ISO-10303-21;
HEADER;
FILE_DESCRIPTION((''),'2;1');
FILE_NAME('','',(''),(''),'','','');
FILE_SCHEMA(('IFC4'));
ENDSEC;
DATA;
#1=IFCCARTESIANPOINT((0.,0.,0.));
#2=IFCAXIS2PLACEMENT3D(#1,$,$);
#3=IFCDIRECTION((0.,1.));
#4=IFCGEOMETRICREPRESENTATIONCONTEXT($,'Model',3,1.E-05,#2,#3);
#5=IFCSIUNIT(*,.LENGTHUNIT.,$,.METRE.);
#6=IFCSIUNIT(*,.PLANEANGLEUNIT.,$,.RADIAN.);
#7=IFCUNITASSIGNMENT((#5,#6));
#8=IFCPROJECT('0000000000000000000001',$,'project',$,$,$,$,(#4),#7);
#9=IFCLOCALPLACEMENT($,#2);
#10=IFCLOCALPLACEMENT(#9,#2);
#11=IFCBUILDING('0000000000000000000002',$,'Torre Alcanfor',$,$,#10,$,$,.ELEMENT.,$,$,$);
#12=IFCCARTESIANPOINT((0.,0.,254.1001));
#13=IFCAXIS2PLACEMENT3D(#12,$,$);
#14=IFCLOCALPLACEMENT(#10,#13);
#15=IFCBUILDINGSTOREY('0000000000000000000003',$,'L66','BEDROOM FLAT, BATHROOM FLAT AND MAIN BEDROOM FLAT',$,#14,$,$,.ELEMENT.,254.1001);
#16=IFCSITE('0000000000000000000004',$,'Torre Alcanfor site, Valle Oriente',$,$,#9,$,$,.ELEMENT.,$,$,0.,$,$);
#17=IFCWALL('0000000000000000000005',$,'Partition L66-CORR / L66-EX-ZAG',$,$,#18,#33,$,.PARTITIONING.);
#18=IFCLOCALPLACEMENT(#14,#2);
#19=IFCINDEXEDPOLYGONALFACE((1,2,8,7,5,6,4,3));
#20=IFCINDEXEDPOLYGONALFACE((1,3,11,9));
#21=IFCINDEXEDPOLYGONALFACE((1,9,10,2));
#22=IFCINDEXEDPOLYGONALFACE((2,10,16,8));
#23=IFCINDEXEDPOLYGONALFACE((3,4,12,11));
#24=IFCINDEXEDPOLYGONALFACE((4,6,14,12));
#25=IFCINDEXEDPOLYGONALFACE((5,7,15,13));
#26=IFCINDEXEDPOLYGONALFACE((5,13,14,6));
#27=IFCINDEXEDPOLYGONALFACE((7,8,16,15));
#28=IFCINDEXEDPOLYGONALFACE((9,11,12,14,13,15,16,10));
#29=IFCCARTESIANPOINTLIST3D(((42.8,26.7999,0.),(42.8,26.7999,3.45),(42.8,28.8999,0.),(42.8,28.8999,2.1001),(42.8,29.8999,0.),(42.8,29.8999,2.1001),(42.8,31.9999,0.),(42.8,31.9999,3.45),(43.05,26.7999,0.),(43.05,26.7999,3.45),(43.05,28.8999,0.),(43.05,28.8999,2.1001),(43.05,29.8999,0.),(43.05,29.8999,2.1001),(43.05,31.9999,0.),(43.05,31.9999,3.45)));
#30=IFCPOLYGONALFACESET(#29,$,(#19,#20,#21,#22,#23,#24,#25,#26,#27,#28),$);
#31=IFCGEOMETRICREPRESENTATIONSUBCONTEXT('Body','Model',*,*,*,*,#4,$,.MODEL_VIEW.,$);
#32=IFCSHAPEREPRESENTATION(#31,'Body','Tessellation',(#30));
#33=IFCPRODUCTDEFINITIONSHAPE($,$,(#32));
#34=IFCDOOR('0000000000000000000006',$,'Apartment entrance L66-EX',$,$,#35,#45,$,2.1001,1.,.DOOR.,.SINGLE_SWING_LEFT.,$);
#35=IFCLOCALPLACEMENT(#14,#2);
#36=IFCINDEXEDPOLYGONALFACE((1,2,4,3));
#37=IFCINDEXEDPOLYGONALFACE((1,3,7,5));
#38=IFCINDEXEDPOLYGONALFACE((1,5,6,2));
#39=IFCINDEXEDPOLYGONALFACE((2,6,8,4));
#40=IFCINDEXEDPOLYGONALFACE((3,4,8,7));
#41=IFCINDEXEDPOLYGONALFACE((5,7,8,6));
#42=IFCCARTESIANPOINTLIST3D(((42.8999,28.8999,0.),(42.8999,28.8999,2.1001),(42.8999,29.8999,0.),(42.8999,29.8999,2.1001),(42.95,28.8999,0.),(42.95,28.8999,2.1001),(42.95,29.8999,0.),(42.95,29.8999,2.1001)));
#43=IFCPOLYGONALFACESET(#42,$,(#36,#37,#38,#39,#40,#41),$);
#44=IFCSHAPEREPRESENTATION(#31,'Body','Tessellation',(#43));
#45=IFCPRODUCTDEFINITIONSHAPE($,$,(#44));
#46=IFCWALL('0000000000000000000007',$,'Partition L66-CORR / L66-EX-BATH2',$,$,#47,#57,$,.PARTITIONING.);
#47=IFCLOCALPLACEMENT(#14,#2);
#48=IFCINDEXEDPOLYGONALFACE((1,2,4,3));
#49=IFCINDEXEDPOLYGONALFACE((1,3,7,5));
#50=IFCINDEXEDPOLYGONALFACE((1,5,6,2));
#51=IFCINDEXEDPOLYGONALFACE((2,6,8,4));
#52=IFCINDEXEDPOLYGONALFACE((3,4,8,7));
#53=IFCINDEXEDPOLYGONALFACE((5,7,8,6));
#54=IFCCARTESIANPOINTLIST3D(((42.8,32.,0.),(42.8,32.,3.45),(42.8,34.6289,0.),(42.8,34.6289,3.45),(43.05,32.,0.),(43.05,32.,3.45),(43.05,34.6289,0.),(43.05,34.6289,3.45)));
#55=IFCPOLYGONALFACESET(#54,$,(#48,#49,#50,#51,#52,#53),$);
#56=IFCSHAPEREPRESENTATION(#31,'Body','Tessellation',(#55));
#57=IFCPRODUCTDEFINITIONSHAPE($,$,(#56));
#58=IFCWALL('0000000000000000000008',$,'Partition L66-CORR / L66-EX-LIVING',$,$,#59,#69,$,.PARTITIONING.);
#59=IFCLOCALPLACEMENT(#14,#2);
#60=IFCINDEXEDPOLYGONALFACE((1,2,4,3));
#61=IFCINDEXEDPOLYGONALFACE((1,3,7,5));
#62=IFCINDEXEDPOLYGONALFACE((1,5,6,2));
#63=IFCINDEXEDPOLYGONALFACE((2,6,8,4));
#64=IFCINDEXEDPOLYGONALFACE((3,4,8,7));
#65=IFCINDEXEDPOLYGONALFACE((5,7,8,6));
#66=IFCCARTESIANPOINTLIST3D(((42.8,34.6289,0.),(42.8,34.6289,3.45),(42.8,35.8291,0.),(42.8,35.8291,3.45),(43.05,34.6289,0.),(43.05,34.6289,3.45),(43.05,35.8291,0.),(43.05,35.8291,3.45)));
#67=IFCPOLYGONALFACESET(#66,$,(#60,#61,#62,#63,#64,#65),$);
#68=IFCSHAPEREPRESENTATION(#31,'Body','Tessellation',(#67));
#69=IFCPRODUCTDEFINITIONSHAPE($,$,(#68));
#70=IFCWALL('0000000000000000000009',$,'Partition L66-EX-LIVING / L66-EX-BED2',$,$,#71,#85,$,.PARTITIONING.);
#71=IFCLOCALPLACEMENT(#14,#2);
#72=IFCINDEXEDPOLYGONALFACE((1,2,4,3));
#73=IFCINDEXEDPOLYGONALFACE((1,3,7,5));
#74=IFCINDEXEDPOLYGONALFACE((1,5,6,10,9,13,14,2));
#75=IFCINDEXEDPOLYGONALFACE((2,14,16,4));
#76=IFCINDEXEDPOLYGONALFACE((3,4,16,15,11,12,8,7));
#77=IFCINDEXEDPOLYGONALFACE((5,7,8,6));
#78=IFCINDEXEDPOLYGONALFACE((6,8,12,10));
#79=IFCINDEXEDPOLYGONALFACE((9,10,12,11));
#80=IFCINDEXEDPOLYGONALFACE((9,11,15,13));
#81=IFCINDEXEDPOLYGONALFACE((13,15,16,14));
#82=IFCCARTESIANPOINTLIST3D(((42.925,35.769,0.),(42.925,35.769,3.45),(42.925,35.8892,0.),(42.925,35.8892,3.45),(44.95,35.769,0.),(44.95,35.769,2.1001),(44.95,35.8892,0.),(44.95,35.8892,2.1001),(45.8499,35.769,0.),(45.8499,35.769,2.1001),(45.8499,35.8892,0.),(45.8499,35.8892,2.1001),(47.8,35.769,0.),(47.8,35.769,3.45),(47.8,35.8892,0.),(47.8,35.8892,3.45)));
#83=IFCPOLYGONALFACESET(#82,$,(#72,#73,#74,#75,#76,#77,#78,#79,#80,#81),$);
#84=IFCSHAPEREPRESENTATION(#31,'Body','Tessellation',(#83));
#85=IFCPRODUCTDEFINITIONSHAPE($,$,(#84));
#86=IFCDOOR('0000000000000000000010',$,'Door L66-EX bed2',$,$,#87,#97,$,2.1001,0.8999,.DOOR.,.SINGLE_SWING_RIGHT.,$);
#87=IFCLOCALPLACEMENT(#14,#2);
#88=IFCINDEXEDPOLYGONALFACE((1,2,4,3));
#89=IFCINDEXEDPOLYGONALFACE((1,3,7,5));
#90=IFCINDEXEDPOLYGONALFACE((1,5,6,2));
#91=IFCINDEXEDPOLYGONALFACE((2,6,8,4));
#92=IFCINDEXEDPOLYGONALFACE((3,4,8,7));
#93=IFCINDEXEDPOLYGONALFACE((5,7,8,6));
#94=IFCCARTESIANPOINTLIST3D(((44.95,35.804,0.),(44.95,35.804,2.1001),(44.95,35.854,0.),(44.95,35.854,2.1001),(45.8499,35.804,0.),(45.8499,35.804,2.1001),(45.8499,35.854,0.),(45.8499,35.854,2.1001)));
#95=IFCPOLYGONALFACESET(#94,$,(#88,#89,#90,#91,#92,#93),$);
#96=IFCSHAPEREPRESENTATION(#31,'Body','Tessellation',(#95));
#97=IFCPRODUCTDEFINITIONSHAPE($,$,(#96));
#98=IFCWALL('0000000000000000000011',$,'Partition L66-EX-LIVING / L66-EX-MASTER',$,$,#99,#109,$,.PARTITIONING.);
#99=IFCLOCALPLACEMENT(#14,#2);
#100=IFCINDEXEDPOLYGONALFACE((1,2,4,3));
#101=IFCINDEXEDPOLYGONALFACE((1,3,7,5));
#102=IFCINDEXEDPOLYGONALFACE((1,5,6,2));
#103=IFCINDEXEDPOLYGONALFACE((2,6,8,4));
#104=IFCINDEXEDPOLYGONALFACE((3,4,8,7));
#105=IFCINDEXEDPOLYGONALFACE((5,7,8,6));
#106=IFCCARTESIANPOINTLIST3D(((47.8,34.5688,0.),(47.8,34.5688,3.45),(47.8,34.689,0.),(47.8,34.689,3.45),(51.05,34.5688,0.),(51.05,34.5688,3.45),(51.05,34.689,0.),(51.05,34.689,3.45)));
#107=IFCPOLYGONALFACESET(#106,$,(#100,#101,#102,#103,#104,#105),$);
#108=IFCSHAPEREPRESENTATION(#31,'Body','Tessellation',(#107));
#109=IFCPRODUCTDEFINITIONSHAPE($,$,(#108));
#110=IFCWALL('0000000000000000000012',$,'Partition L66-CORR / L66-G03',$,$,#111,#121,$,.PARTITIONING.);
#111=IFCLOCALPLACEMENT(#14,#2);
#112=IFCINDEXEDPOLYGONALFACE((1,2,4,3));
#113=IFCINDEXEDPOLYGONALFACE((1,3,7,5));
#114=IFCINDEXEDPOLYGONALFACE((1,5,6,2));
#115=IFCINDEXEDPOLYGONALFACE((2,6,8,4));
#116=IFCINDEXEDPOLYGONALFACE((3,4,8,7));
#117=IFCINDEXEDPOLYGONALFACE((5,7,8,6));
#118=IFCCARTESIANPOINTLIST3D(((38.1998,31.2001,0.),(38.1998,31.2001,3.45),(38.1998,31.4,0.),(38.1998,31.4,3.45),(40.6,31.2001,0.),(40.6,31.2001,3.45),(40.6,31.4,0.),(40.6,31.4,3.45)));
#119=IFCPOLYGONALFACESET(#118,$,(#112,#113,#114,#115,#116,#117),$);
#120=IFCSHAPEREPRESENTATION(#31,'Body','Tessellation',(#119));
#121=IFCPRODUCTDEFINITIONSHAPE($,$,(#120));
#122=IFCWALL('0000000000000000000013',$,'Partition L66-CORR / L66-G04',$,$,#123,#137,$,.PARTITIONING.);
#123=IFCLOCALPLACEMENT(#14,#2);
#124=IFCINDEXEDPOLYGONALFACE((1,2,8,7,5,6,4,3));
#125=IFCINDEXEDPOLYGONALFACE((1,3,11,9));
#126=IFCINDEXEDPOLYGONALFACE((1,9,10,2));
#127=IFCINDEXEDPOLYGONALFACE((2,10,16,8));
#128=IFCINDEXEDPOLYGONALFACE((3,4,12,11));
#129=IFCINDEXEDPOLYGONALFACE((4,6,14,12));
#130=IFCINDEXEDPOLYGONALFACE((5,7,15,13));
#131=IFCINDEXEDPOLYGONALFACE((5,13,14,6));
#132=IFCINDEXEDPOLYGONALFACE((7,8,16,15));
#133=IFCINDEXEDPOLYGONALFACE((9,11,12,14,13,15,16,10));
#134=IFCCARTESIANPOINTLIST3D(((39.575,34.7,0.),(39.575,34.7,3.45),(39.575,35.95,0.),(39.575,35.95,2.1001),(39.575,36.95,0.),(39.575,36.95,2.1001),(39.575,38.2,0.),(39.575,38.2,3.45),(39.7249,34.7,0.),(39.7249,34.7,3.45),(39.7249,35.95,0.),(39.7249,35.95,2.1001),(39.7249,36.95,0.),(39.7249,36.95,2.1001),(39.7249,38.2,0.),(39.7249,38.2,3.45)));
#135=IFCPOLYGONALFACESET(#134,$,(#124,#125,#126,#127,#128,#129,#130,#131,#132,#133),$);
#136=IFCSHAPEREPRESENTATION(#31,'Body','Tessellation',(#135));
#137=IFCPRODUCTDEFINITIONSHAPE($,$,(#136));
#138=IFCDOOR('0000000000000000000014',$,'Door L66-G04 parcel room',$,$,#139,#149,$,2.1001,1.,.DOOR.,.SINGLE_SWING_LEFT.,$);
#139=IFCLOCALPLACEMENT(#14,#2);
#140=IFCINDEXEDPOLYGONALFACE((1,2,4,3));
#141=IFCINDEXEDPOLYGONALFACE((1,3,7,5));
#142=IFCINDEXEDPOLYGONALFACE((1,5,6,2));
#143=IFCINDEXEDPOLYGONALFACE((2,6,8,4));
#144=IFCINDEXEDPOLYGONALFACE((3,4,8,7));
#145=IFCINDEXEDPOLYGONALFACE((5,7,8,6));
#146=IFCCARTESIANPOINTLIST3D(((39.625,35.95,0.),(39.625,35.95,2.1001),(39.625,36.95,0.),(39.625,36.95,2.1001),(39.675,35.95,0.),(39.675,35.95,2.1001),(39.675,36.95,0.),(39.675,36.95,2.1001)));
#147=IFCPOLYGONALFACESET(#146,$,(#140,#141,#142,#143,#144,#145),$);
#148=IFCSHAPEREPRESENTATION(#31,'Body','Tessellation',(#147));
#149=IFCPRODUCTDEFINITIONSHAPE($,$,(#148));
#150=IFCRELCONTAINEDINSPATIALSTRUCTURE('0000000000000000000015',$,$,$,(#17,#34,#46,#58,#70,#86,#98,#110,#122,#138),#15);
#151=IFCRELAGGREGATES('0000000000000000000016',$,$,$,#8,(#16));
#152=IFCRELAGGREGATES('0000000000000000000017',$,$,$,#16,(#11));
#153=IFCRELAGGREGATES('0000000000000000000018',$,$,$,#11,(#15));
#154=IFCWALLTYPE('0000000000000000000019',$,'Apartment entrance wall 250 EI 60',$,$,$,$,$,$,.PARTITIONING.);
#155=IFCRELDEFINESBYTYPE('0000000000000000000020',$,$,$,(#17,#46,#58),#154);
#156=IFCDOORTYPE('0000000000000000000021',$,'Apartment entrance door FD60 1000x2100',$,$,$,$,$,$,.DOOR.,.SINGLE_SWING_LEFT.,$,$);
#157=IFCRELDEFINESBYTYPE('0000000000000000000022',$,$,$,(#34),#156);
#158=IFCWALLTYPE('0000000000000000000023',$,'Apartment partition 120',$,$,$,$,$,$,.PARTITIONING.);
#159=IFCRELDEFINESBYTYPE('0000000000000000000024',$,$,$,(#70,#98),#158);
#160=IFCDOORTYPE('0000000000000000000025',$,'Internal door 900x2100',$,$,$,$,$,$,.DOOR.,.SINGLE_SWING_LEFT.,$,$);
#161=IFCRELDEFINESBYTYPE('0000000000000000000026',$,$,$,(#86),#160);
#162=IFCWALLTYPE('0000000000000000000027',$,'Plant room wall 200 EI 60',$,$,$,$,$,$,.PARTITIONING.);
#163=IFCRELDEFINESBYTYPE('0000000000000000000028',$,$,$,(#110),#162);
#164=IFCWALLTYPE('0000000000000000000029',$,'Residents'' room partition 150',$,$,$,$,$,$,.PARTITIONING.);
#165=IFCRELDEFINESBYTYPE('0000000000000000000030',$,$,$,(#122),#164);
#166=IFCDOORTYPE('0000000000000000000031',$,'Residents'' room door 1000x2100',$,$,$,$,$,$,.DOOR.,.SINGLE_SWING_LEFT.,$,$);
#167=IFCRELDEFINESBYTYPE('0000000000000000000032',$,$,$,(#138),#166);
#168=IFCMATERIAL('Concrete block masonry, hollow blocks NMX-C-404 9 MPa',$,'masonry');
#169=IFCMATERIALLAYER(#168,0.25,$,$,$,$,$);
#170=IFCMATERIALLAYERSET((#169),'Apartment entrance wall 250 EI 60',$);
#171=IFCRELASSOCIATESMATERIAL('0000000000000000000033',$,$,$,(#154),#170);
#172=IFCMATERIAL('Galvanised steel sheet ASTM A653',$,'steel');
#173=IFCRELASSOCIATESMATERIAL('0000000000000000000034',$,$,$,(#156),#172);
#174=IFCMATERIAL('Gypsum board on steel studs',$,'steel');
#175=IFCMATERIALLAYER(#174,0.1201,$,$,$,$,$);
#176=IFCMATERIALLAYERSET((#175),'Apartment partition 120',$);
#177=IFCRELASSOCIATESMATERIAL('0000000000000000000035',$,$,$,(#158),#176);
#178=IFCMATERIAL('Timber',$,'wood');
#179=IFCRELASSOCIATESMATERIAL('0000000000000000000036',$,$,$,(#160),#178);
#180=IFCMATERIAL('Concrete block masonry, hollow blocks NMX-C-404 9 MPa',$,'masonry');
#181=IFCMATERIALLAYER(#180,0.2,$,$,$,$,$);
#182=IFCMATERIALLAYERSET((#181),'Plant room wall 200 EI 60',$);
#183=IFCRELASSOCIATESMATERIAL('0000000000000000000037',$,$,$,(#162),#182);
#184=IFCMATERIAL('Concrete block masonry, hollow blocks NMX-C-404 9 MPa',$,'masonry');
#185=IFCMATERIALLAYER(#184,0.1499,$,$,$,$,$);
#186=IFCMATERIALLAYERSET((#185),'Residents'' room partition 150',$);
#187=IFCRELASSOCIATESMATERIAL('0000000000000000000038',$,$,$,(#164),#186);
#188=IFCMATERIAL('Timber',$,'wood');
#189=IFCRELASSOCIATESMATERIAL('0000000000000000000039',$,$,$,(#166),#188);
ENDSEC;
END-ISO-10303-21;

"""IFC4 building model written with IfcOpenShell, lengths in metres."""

from ifc_helpers import new_model, si_unit, direction, frame, frame_2d, origin, place, context, subcontext, project, spatial, rectangle, extrude, material, layer, layer_set, type_object, element, fill, save


model = new_model("IFC4")

# Units and contexts
model_context = context("Model", 3, precision=1e-05, world=origin(), true_north=direction((0.0, 1.0)))
body_context = subcontext(model_context, "Body", "Model", "MODEL_VIEW")
ifc_project = project(units=[si_unit("LENGTHUNIT", "METRE"), si_unit("PLANEANGLEUNIT", "RADIAN")], contexts=[model_context])

# Site, building, storey
site_placement = place(None, origin())
site = spatial("IfcSite", under=ifc_project, at=site_placement, Name="Torre Alcanfor site, Valle Oriente", CompositionType="ELEMENT", RefElevation=0.0)
building_placement = place(site_placement, origin())
building = spatial("IfcBuilding", under=site, at=building_placement, Name="Torre Alcanfor", CompositionType="ELEMENT")
storey_placement = place(building_placement, frame((0.0, 0.0, 254.1001)))
storey = spatial("IfcBuildingStorey", under=building, at=storey_placement, Name="L66", Description="BEDROOM FLAT, BATHROOM FLAT AND MAIN BEDROOM FLAT", CompositionType="ELEMENT", Elevation=254.1001)

# Wall, opening, door
ifc_material_1 = material(Name="Concrete block masonry, hollow blocks NMX-C-404 9 MPa", Category="masonry")
ifc_layer_1 = layer(ifc_material_1, 0.25)
ifc_layer_set_1 = layer_set([ifc_layer_1], Name="Apartment entrance wall 250 EI 60")
wall_type_1 = type_object("IfcWallType", Name="Apartment entrance wall 250 EI 60", PredefinedType="PARTITIONING", material=ifc_layer_set_1)
wall_1_placement = place(storey_placement, frame((42.925, 32.0, 0.0), z_axis=(0.0, 0.0, 1.0), x_axis=(0.0, -1.0, 0.0)))
wall_1 = element("IfcWall", 1, at=wall_1_placement, inside=storey, type_object=wall_type_1, Name="Partition L66-CORR / L66-EX-ZAG", PredefinedType="PARTITIONING", context=body_context, shape_type="SweptSolid", body=[
    extrude(rectangle(XDim=5.2, YDim=0.25, at=frame_2d((2.6001, 0.0))), origin(), (0.0, 0.0, 1.0), 3.45),
])
opening_1_placement = place(wall_1_placement, frame((2.1001, 0.0, 0.0)))
opening_1 = element("IfcOpeningElement", 2, at=opening_1_placement, cuts=wall_1, PredefinedType="OPENING", context=body_context, shape_type="SweptSolid", body=[
    extrude(rectangle(XDim=1.0, YDim=2.1001, at=frame_2d((0.5, 1.05))), frame((0.0, 0.135, 0.0), z_axis=(0.0, -1.0, 0.0), x_axis=(1.0, 0.0, 0.0)), (0.0, 0.0, 1.0), 0.27),
])
ifc_material_2 = material(Name="Galvanised steel sheet ASTM A653", Category="steel")
door_type_1 = type_object("IfcDoorType", Name="Apartment entrance door FD60 1000x2100", OperationType="SINGLE_SWING_LEFT", PredefinedType="DOOR", material=ifc_material_2)
door_1_placement = place(opening_1_placement, origin())
door_1 = element("IfcDoor", 3, at=door_1_placement, inside=storey, type_object=door_type_1, Name="Apartment entrance L66-EX", OperationType="SINGLE_SWING_LEFT", OverallHeight=2.1001, OverallWidth=1.0, PredefinedType="DOOR", context=body_context, shape_type="SweptSolid", body=[
    extrude(rectangle(XDim=1.0, YDim=2.1001, at=frame_2d((0.5, 1.05))), frame((0.0, 0.0249, 0.0), z_axis=(0.0, -1.0, 0.0), x_axis=(1.0, 0.0, 0.0)), (0.0, 0.0, 1.0), 0.05),
])
fill(opening_1, door_1)

# Walls
wall_2_placement = place(storey_placement, frame((42.925, 34.6289, 0.0), z_axis=(0.0, 0.0, 1.0), x_axis=(0.0, -1.0, 0.0)))
element("IfcWall", 4, at=wall_2_placement, inside=storey, type_object=wall_type_1, Name="Partition L66-CORR / L66-EX-BATH2", PredefinedType="PARTITIONING", context=body_context, shape_type="SweptSolid", body=[
    extrude(rectangle(XDim=2.6289, YDim=0.25, at=frame_2d((1.3145, 0.0))), origin(), (0.0, 0.0, 1.0), 3.45),
])
wall_3_placement = place(storey_placement, frame((42.925, 35.8291, 0.0), z_axis=(0.0, 0.0, 1.0), x_axis=(0.0, -1.0, 0.0)))
element("IfcWall", 5, at=wall_3_placement, inside=storey, type_object=wall_type_1, Name="Partition L66-CORR / L66-EX-LIVING", PredefinedType="PARTITIONING", context=body_context, shape_type="SweptSolid", body=[
    extrude(rectangle(XDim=1.2002, YDim=0.25, at=frame_2d((0.6001, 0.0))), origin(), (0.0, 0.0, 1.0), 3.45),
])

# Wall, opening, door
ifc_material_3 = material(Name="Gypsum board on steel studs", Category="steel")
ifc_layer_2 = layer(ifc_material_3, 0.1201)
ifc_layer_set_2 = layer_set([ifc_layer_2], Name="Apartment partition 120")
wall_type_2 = type_object("IfcWallType", Name="Apartment partition 120", PredefinedType="PARTITIONING", material=ifc_layer_set_2)
wall_4_placement = place(storey_placement, frame((42.925, 35.8291, 0.0), z_axis=(0.0, 0.0, 1.0), x_axis=(1.0, 0.0, 0.0)))
wall_4 = element("IfcWall", 6, at=wall_4_placement, inside=storey, type_object=wall_type_2, Name="Partition L66-EX-LIVING / L66-EX-BED2", PredefinedType="PARTITIONING", context=body_context, shape_type="SweptSolid", body=[
    extrude(rectangle(XDim=4.875, YDim=0.1201, at=frame_2d((2.4375, 0.0))), origin(), (0.0, 0.0, 1.0), 3.45),
])
opening_2_placement = place(wall_4_placement, frame((2.0249, 0.0, 0.0)))
opening_2 = element("IfcOpeningElement", 7, at=opening_2_placement, cuts=wall_4, PredefinedType="OPENING", context=body_context, shape_type="SweptSolid", body=[
    extrude(rectangle(XDim=0.8999, YDim=2.1001, at=frame_2d((0.45, 1.05))), frame((0.0, 0.0701, 0.0), z_axis=(0.0, -1.0, 0.0), x_axis=(1.0, 0.0, 0.0)), (0.0, 0.0, 1.0), 0.1401),
])
ifc_material_4 = material(Name="Timber", Category="wood")
door_type_2 = type_object("IfcDoorType", Name="Internal door 900x2100", OperationType="SINGLE_SWING_LEFT", PredefinedType="DOOR", material=ifc_material_4)
door_2_placement = place(opening_2_placement, origin())
door_2 = element("IfcDoor", 8, at=door_2_placement, inside=storey, type_object=door_type_2, Name="Door L66-EX bed2", OperationType="SINGLE_SWING_RIGHT", OverallHeight=2.1001, OverallWidth=0.8999, PredefinedType="DOOR", context=body_context, shape_type="SweptSolid", body=[
    extrude(rectangle(XDim=0.8999, YDim=2.1001, at=frame_2d((0.45, 1.05))), frame((0.0, 0.0249, 0.0), z_axis=(0.0, -1.0, 0.0), x_axis=(1.0, 0.0, 0.0)), (0.0, 0.0, 1.0), 0.05),
])
fill(opening_2, door_2)

# Walls
wall_5_placement = place(storey_placement, frame((47.8, 34.6289, 0.0), z_axis=(0.0, 0.0, 1.0), x_axis=(1.0, 0.0, 0.0)))
element("IfcWall", 9, at=wall_5_placement, inside=storey, type_object=wall_type_2, Name="Partition L66-EX-LIVING / L66-EX-MASTER", PredefinedType="PARTITIONING", context=body_context, shape_type="SweptSolid", body=[
    extrude(rectangle(XDim=3.25, YDim=0.1201, at=frame_2d((1.625, 0.0))), origin(), (0.0, 0.0, 1.0), 3.45),
])
ifc_material_5 = material(Name="Concrete block masonry, hollow blocks NMX-C-404 9 MPa", Category="masonry")
ifc_layer_3 = layer(ifc_material_5, 0.2)
ifc_layer_set_3 = layer_set([ifc_layer_3], Name="Plant room wall 200 EI 60")
wall_type_3 = type_object("IfcWallType", Name="Plant room wall 200 EI 60", PredefinedType="PARTITIONING", material=ifc_layer_set_3)
wall_6_placement = place(storey_placement, frame((40.6001, 31.3, 0.0), z_axis=(0.0, 0.0, 1.0), x_axis=(-1.0, 0.0, 0.0)))
element("IfcWall", 10, at=wall_6_placement, inside=storey, type_object=wall_type_3, Name="Partition L66-CORR / L66-G03", PredefinedType="PARTITIONING", context=body_context, shape_type="SweptSolid", body=[
    extrude(rectangle(XDim=2.4001, YDim=0.2, at=frame_2d((1.2002, 0.0))), origin(), (0.0, 0.0, 1.0), 3.45),
])

# Wall, opening, door
ifc_material_6 = material(Name="Concrete block masonry, hollow blocks NMX-C-404 9 MPa", Category="masonry")
ifc_layer_4 = layer(ifc_material_6, 0.1499)
ifc_layer_set_4 = layer_set([ifc_layer_4], Name="Residents' room partition 150")
wall_type_4 = type_object("IfcWallType", Name="Residents' room partition 150", PredefinedType="PARTITIONING", material=ifc_layer_set_4)
wall_7_placement = place(storey_placement, frame((39.6499, 34.7, 0.0), z_axis=(0.0, 0.0, 1.0), x_axis=(0.0, 1.0, 0.0)))
wall_7 = element("IfcWall", 11, at=wall_7_placement, inside=storey, type_object=wall_type_4, Name="Partition L66-CORR / L66-G04", PredefinedType="PARTITIONING", context=body_context, shape_type="SweptSolid", body=[
    extrude(rectangle(XDim=3.5, YDim=0.1499, at=frame_2d((1.75, 0.0))), origin(), (0.0, 0.0, 1.0), 3.45),
])
opening_3_placement = place(wall_7_placement, frame((1.25, 0.0, 0.0)))
opening_3 = element("IfcOpeningElement", 12, at=opening_3_placement, cuts=wall_7, PredefinedType="OPENING", context=body_context, shape_type="SweptSolid", body=[
    extrude(rectangle(XDim=1.0, YDim=2.1001, at=frame_2d((0.5, 1.05))), frame((0.0, 0.085, 0.0), z_axis=(0.0, -1.0, 0.0), x_axis=(1.0, 0.0, 0.0)), (0.0, 0.0, 1.0), 0.1699),
])
ifc_material_7 = material(Name="Timber", Category="wood")
door_type_3 = type_object("IfcDoorType", Name="Residents' room door 1000x2100", OperationType="SINGLE_SWING_LEFT", PredefinedType="DOOR", material=ifc_material_7)
door_3_placement = place(opening_3_placement, origin())
door_3 = element("IfcDoor", 13, at=door_3_placement, inside=storey, type_object=door_type_3, Name="Door L66-G04 parcel room", OperationType="SINGLE_SWING_LEFT", OverallHeight=2.1001, OverallWidth=1.0, PredefinedType="DOOR", context=body_context, shape_type="SweptSolid", body=[
    extrude(rectangle(XDim=1.0, YDim=2.1001, at=frame_2d((0.5, 1.05))), frame((0.0, 0.0249, 0.0), z_axis=(0.0, -1.0, 0.0), x_axis=(1.0, 0.0, 0.0)), (0.0, 0.0, 1.0), 0.05),
])
fill(opening_3, door_3)

save(model, "model.ifc")
